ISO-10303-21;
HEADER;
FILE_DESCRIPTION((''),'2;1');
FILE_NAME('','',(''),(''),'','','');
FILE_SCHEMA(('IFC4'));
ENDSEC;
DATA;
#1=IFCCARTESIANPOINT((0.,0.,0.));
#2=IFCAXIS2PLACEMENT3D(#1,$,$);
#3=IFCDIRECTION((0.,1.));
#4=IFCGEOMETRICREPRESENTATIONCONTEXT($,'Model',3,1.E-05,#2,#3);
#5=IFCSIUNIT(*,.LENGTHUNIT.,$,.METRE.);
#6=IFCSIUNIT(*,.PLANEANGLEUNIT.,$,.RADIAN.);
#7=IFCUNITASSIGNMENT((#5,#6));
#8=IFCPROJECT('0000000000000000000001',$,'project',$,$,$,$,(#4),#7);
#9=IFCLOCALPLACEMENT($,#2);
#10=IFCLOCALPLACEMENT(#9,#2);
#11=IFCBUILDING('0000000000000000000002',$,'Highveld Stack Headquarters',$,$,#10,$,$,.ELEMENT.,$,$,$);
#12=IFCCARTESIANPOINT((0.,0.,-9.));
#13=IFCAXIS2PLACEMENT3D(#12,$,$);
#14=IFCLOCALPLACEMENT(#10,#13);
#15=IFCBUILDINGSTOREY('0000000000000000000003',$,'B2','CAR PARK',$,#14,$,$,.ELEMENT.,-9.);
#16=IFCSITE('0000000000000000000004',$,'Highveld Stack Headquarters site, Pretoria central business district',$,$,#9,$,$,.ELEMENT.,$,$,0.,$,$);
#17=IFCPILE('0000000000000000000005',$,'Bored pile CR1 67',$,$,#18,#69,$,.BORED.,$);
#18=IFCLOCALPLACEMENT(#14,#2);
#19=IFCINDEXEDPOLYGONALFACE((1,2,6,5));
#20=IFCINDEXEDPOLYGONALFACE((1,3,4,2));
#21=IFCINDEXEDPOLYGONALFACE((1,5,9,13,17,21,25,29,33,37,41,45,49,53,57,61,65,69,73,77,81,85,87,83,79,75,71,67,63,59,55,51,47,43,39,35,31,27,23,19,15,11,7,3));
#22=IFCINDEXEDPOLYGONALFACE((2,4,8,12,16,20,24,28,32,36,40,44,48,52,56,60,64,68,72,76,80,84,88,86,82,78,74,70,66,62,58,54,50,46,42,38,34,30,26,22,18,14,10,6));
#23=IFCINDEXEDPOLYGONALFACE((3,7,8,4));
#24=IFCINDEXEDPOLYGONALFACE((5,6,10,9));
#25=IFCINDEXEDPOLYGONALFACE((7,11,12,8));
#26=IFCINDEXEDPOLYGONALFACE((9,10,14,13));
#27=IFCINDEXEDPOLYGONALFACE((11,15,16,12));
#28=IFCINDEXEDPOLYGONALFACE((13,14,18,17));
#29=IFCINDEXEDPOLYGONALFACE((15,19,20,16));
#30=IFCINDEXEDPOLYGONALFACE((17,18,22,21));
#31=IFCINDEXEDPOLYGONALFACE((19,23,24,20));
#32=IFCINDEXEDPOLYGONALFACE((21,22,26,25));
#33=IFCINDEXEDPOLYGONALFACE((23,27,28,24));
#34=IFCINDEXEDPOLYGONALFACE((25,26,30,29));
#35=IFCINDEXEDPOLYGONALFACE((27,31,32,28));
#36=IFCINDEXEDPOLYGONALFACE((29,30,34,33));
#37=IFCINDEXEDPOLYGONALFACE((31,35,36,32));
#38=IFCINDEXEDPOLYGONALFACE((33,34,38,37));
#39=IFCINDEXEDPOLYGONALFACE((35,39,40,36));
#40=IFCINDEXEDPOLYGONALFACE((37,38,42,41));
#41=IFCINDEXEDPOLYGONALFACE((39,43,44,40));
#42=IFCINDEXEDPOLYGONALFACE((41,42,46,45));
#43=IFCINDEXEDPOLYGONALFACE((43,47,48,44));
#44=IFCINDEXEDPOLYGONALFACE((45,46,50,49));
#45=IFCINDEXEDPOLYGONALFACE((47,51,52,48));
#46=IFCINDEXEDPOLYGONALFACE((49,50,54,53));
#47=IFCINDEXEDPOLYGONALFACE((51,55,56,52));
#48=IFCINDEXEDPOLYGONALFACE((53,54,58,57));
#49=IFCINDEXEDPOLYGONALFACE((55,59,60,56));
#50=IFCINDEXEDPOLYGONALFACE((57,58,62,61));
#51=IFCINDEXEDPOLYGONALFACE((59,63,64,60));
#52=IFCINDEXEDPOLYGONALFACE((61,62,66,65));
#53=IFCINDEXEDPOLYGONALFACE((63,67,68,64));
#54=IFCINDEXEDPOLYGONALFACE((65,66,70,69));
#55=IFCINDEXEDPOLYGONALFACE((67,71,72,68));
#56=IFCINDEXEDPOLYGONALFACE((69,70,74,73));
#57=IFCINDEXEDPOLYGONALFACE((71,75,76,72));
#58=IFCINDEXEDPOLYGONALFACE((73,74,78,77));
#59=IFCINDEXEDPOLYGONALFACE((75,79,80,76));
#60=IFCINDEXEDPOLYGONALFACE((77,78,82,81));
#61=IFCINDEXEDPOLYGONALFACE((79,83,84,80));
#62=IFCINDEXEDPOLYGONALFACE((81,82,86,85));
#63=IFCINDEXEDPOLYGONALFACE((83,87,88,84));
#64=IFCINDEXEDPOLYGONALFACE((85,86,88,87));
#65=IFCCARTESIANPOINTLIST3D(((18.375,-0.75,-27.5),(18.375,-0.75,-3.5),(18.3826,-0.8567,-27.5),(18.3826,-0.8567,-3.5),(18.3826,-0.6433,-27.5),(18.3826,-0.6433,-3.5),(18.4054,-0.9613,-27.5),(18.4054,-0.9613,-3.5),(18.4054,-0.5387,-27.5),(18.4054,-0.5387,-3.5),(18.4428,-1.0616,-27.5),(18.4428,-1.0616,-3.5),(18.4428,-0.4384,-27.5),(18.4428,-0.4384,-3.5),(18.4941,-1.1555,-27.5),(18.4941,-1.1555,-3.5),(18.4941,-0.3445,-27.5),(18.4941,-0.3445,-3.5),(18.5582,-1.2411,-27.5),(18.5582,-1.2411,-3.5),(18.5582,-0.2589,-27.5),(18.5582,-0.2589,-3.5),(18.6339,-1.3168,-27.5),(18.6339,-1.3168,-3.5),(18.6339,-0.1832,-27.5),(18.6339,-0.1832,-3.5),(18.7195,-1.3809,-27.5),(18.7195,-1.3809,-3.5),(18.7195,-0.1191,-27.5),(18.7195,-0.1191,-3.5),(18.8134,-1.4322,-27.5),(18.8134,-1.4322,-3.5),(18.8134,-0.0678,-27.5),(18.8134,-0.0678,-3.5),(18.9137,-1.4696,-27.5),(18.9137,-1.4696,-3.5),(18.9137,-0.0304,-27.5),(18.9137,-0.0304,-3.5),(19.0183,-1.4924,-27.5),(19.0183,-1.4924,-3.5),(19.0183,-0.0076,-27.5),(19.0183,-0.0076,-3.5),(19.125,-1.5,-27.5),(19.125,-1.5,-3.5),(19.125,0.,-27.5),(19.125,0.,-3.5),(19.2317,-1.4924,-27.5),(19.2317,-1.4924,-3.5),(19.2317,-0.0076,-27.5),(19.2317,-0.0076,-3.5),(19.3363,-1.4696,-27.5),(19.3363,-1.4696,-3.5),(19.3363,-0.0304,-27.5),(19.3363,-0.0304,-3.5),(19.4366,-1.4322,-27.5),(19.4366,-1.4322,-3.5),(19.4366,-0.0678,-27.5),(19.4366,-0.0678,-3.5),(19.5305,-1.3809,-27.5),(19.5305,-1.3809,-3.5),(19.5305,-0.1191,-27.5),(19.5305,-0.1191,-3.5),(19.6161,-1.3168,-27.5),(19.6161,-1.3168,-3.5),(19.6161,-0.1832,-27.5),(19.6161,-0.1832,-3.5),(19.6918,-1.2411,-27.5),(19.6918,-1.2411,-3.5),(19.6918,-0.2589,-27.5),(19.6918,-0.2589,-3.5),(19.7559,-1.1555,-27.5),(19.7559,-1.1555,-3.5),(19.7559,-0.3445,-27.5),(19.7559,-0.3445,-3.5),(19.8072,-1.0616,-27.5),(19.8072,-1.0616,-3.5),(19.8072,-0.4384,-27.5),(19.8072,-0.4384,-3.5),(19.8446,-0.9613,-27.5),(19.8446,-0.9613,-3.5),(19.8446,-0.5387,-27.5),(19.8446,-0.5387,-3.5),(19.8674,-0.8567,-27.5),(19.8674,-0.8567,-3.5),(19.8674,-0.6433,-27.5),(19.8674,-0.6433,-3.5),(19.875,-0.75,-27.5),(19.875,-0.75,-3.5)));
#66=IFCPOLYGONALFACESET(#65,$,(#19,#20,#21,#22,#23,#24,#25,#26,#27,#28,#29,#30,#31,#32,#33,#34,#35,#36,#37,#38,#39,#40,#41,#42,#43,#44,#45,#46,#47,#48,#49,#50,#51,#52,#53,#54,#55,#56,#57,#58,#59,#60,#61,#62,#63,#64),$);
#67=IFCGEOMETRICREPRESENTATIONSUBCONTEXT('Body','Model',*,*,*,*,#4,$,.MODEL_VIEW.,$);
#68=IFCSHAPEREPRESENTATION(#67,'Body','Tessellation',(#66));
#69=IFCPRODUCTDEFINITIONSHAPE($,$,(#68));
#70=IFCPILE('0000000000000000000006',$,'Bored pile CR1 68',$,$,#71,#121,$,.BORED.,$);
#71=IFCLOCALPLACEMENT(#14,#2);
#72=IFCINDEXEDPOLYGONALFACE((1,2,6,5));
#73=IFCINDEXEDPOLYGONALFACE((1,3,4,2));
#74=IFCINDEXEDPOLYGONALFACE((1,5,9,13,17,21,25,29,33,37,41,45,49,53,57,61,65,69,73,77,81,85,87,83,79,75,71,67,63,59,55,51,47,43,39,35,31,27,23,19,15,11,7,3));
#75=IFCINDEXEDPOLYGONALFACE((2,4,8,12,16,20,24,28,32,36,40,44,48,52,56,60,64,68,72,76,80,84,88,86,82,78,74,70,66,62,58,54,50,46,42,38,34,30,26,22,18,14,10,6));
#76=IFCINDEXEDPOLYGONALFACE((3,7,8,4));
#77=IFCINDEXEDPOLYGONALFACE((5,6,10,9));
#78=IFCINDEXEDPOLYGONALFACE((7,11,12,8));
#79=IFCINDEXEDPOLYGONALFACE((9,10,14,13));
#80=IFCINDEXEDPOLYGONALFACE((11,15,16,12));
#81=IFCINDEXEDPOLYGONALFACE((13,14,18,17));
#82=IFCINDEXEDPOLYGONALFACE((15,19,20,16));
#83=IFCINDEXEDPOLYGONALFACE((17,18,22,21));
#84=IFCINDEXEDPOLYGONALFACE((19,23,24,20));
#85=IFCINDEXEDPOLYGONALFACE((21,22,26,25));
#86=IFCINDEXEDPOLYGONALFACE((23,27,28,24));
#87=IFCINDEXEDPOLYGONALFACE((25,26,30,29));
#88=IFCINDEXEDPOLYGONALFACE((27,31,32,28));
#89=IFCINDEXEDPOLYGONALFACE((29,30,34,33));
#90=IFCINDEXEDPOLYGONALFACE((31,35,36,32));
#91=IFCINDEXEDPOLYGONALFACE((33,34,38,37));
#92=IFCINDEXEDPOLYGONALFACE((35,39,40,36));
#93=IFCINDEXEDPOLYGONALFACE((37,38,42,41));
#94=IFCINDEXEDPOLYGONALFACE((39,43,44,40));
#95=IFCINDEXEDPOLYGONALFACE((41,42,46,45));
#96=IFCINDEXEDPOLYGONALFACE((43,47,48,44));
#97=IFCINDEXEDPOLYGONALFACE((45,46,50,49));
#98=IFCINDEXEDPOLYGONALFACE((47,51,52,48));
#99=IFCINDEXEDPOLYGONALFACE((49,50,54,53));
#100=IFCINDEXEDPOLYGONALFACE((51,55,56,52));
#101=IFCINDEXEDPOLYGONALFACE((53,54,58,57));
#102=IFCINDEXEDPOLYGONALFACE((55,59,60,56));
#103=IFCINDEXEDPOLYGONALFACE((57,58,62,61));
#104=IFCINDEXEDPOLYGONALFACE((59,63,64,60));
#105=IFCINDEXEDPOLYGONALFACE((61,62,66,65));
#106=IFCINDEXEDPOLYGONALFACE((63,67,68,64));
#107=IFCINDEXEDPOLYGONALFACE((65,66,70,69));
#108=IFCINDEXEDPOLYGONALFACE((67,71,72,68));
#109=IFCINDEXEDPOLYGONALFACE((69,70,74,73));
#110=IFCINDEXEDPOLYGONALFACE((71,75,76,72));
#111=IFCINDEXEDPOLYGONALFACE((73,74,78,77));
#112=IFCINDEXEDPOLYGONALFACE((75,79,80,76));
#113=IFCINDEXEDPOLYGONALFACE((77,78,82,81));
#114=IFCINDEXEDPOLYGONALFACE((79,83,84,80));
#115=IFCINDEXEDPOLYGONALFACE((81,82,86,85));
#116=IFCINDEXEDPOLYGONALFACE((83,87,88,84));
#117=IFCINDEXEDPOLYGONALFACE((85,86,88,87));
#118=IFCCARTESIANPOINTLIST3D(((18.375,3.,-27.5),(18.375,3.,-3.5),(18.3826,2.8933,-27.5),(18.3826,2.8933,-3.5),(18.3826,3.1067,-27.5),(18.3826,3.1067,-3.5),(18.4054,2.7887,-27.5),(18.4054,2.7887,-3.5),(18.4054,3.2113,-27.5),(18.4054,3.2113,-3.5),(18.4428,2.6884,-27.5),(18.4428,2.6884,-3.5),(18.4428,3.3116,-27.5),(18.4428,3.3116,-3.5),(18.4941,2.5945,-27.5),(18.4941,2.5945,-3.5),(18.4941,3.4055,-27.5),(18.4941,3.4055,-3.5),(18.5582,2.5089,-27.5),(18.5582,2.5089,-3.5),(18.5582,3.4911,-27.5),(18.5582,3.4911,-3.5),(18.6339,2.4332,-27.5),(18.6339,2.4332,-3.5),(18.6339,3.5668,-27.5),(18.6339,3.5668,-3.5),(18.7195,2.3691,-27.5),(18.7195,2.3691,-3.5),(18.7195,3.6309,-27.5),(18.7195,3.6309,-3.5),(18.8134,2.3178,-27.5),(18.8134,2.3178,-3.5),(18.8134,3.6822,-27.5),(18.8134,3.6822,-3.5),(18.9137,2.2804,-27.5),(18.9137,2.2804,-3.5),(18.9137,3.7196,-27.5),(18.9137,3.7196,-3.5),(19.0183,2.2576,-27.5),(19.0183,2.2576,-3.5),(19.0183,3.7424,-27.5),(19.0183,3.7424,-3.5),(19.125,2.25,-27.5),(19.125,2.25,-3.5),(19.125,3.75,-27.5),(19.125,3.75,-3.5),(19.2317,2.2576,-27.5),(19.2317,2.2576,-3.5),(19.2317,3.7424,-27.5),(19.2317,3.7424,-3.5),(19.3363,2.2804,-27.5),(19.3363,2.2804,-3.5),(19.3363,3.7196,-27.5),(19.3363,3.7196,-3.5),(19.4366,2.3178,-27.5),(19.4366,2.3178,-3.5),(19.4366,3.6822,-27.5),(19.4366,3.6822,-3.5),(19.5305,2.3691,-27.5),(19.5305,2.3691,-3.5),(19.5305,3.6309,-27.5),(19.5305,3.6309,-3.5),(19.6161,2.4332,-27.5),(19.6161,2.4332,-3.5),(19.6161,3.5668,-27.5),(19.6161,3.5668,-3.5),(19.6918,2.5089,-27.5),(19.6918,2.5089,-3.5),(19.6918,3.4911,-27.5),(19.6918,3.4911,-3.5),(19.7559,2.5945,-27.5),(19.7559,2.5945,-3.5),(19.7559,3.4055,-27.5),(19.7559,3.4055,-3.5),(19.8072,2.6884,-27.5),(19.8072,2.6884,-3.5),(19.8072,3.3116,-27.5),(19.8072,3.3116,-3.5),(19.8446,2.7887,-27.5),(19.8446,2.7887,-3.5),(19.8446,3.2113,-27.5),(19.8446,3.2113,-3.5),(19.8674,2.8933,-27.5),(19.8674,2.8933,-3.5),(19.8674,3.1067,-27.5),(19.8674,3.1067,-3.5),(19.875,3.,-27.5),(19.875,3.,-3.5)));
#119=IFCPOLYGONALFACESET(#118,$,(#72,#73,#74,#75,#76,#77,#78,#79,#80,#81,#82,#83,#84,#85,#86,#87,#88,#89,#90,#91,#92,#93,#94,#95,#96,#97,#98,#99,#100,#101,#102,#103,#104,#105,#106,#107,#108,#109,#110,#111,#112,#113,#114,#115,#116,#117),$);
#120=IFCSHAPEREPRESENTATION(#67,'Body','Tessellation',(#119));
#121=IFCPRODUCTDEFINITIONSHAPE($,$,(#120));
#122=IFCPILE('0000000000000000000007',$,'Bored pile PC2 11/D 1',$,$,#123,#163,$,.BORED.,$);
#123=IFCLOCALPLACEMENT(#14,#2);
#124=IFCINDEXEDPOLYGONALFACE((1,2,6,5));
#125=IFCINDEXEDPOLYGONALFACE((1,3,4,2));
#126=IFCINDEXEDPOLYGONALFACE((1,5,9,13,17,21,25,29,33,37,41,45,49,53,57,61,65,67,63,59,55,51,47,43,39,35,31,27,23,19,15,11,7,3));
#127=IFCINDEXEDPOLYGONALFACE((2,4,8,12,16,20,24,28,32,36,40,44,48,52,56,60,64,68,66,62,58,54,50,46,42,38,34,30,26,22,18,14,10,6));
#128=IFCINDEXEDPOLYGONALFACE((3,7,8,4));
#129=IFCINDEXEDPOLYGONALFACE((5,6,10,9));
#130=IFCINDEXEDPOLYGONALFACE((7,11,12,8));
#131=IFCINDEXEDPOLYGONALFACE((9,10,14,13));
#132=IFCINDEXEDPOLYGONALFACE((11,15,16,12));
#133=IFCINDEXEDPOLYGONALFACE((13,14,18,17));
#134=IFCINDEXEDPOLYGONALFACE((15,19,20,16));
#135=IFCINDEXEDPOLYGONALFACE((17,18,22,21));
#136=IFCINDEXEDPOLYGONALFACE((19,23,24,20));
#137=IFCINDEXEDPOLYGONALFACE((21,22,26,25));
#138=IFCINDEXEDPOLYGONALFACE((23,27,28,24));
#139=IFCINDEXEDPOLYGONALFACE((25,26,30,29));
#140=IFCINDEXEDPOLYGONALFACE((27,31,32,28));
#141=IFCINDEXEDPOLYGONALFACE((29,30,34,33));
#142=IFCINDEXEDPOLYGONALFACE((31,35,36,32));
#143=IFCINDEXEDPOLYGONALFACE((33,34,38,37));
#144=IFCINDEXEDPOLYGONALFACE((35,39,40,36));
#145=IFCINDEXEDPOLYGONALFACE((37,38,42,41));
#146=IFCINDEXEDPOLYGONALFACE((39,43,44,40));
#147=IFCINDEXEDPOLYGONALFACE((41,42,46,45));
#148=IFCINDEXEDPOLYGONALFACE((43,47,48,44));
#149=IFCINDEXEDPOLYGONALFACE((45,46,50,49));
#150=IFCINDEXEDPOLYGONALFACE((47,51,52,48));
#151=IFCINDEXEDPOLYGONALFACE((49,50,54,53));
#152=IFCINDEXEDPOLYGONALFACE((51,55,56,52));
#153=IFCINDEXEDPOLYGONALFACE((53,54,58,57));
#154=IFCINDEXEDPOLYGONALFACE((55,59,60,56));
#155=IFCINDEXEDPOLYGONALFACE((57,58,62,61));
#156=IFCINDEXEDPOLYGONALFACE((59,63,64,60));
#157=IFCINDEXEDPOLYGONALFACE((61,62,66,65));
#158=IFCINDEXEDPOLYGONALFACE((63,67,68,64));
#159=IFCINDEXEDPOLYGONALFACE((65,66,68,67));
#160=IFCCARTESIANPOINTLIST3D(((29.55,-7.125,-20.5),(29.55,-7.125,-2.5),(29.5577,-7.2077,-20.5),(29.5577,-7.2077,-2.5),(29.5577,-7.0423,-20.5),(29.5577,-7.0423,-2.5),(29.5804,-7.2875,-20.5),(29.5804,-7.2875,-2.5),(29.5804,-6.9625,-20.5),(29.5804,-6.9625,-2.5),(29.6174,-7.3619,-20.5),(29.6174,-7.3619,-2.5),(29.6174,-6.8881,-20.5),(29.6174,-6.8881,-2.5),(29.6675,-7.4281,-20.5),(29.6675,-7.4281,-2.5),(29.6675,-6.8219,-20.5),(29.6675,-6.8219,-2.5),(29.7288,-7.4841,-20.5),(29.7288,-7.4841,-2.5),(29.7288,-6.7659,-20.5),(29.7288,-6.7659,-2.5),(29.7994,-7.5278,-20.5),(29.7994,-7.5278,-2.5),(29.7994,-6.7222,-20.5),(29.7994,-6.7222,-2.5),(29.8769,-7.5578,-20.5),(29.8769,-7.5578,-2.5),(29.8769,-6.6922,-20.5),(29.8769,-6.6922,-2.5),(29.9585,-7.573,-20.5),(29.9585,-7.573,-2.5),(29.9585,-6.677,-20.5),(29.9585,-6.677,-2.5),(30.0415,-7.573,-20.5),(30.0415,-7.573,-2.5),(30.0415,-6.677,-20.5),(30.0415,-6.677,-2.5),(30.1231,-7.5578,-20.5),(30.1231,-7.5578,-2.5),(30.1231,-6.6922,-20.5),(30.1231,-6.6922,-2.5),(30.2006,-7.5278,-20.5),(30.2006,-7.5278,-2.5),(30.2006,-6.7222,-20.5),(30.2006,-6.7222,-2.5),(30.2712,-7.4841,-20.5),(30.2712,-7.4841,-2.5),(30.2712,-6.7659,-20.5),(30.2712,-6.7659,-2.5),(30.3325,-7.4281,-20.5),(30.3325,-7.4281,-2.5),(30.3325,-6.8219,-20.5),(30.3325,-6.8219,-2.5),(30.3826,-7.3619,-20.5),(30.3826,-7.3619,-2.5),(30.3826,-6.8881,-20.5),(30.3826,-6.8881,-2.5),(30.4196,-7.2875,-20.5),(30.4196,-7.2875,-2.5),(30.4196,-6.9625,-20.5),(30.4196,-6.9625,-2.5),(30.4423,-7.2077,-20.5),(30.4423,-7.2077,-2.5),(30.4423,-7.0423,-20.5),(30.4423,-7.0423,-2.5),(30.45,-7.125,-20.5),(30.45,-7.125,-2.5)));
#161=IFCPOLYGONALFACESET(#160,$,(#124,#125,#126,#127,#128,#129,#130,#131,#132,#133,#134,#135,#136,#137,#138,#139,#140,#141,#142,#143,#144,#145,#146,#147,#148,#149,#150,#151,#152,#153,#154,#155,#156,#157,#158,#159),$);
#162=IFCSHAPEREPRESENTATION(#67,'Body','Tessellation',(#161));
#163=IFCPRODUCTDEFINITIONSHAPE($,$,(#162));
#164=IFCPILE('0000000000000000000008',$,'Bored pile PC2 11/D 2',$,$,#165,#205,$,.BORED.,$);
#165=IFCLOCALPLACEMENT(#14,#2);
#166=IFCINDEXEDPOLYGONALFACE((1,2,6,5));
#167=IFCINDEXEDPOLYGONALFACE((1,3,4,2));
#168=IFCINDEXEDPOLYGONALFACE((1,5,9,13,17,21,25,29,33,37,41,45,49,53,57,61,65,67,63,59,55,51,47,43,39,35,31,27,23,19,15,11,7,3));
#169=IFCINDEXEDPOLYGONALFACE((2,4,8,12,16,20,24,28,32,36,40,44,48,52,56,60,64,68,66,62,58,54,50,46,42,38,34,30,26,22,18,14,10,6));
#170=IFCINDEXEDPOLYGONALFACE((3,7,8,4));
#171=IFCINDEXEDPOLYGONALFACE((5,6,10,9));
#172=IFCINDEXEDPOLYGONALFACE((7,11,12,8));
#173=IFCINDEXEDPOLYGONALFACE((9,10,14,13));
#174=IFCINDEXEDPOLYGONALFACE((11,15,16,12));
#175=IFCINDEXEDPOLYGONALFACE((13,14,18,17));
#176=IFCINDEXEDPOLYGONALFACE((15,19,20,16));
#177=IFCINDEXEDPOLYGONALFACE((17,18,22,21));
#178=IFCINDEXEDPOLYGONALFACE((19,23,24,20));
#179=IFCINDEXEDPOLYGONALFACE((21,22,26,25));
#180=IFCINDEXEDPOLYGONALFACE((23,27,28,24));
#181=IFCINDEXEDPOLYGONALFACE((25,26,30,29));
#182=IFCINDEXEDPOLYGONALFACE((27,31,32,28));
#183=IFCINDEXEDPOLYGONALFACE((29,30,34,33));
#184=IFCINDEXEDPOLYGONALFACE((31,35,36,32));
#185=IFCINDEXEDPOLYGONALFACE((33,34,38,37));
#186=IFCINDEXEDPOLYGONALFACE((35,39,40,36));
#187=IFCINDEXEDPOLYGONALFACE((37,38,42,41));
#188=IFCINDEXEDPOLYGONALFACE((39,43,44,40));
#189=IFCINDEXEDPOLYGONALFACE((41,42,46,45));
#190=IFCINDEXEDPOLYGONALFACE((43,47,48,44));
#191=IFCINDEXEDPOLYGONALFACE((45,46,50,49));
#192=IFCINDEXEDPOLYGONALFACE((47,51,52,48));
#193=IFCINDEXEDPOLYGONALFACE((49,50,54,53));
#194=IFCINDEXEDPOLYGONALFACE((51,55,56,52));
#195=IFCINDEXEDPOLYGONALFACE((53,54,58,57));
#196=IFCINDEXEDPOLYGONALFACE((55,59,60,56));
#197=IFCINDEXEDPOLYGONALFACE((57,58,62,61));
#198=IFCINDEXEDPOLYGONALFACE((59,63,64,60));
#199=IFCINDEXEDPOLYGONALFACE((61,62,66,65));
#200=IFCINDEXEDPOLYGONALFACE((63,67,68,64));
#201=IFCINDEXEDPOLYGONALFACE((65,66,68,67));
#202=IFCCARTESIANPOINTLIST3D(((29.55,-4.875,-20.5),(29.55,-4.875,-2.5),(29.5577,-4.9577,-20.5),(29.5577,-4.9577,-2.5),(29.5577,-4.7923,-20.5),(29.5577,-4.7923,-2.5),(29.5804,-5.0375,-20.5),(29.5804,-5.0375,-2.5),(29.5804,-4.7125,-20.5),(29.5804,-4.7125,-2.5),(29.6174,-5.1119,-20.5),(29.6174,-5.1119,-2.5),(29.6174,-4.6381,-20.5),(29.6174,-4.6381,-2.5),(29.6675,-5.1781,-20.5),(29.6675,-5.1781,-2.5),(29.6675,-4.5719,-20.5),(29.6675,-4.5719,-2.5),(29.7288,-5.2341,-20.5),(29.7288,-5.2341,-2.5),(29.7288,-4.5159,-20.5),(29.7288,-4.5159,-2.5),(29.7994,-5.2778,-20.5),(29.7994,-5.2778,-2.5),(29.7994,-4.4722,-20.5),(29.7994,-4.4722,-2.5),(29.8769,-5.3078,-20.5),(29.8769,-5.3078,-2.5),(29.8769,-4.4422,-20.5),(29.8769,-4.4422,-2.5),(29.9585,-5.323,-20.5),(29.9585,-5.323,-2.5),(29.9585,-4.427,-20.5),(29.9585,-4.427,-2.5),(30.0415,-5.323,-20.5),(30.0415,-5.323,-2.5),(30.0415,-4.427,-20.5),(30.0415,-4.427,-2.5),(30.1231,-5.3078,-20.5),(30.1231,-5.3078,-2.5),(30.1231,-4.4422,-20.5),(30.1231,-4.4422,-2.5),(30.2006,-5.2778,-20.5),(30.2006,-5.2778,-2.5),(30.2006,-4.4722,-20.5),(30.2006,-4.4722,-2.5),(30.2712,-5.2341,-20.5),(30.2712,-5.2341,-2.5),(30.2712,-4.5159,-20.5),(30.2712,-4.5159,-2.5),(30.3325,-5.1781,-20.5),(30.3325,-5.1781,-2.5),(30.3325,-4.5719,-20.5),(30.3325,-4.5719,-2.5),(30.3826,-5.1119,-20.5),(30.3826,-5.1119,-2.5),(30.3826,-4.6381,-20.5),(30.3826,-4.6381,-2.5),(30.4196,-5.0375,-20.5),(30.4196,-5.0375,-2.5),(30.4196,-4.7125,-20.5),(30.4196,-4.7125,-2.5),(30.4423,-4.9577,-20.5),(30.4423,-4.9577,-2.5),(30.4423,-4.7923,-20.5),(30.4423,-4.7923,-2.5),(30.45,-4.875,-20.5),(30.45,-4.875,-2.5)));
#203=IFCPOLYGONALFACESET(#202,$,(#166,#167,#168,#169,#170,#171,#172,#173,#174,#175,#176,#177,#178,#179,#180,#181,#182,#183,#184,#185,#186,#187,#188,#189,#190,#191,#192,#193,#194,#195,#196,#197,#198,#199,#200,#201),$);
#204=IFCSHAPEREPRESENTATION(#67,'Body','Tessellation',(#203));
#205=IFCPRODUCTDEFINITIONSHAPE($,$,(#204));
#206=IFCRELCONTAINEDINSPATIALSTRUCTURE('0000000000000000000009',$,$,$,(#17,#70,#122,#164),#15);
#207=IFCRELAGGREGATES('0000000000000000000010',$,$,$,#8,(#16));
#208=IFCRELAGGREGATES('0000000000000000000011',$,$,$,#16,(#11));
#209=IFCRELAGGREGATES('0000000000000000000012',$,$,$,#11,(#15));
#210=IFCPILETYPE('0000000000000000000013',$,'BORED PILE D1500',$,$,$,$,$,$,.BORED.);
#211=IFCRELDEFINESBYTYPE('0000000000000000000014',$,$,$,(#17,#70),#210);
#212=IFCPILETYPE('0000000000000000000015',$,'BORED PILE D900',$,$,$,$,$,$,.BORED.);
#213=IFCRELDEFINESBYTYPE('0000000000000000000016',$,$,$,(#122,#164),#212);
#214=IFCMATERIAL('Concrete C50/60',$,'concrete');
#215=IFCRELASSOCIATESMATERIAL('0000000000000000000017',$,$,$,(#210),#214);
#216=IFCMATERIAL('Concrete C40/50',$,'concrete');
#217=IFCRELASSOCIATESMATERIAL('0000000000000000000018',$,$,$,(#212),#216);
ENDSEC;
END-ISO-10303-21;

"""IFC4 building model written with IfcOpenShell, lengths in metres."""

from ifc_helpers import new_model, si_unit, direction, frame, origin, origin_2d, place, context, subcontext, project, spatial, circle, extrude, material, type_object, element, save


model = new_model("IFC4")

# Units and contexts
model_context = context("Model", 3, precision=1e-05, world=origin(), true_north=direction((0.0, 1.0)))
body_context = subcontext(model_context, "Body", "Model", "MODEL_VIEW")
ifc_project = project(units=[si_unit("LENGTHUNIT", "METRE"), si_unit("PLANEANGLEUNIT", "RADIAN")], contexts=[model_context])

# Site, building, storey
site_placement = place(None, origin())
site = spatial("IfcSite", under=ifc_project, at=site_placement, Name="Highveld Stack Headquarters site, Pretoria central business district", CompositionType="ELEMENT", RefElevation=0.0)
building_placement = place(site_placement, origin())
building = spatial("IfcBuilding", under=site, at=building_placement, Name="Highveld Stack Headquarters", CompositionType="ELEMENT")
storey_placement = place(building_placement, frame((0.0, 0.0, -9.0)))
storey = spatial("IfcBuildingStorey", under=building, at=storey_placement, Name="B2", Description="CAR PARK", CompositionType="ELEMENT", Elevation=-9.0)

# Piles
ifc_material_1 = material(Name="Concrete C50/60", Category="concrete")
pile_type_1 = type_object("IfcPileType", Name="BORED PILE D1500", PredefinedType="BORED", material=ifc_material_1)
for number, where, z_axis, x_axis, name in (
    (1, (19.125, -0.75, -3.5), (0.0, 0.0, -1.0), (1.0, 0.0, 0.0), "Bored pile CR1 67"),
    (2, (19.125, 3.0, -3.5), (0.0, 0.0, -1.0), (1.0, 0.0, 0.0), "Bored pile CR1 68"),
):
    element("IfcPile", number, at=place(storey_placement, frame(where, z_axis=z_axis, x_axis=x_axis)), inside=storey, type_object=pile_type_1, Name=name, PredefinedType="BORED", context=body_context, shape_type="SweptSolid", body=[
        extrude(circle(Radius=0.75, at=origin_2d()), origin(), (0.0, 0.0, 1.0), 24.0),
    ])
ifc_material_2 = material(Name="Concrete C40/50", Category="concrete")
pile_type_2 = type_object("IfcPileType", Name="BORED PILE D900", PredefinedType="BORED", material=ifc_material_2)
for number, where, z_axis, x_axis, name in (
    (3, (30.0, -7.125, -2.5), (0.0, 0.0, -1.0), (1.0, 0.0, 0.0), "Bored pile PC2 11/D 1"),
    (4, (30.0, -4.875, -2.5), (0.0, 0.0, -1.0), (1.0, 0.0, 0.0), "Bored pile PC2 11/D 2"),
):
    element("IfcPile", number, at=place(storey_placement, frame(where, z_axis=z_axis, x_axis=x_axis)), inside=storey, type_object=pile_type_2, Name=name, PredefinedType="BORED", context=body_context, shape_type="SweptSolid", body=[
        extrude(circle(Radius=0.45, at=origin_2d()), origin(), (0.0, 0.0, 1.0), 18.0),
    ])

save(model, "model.ifc")
